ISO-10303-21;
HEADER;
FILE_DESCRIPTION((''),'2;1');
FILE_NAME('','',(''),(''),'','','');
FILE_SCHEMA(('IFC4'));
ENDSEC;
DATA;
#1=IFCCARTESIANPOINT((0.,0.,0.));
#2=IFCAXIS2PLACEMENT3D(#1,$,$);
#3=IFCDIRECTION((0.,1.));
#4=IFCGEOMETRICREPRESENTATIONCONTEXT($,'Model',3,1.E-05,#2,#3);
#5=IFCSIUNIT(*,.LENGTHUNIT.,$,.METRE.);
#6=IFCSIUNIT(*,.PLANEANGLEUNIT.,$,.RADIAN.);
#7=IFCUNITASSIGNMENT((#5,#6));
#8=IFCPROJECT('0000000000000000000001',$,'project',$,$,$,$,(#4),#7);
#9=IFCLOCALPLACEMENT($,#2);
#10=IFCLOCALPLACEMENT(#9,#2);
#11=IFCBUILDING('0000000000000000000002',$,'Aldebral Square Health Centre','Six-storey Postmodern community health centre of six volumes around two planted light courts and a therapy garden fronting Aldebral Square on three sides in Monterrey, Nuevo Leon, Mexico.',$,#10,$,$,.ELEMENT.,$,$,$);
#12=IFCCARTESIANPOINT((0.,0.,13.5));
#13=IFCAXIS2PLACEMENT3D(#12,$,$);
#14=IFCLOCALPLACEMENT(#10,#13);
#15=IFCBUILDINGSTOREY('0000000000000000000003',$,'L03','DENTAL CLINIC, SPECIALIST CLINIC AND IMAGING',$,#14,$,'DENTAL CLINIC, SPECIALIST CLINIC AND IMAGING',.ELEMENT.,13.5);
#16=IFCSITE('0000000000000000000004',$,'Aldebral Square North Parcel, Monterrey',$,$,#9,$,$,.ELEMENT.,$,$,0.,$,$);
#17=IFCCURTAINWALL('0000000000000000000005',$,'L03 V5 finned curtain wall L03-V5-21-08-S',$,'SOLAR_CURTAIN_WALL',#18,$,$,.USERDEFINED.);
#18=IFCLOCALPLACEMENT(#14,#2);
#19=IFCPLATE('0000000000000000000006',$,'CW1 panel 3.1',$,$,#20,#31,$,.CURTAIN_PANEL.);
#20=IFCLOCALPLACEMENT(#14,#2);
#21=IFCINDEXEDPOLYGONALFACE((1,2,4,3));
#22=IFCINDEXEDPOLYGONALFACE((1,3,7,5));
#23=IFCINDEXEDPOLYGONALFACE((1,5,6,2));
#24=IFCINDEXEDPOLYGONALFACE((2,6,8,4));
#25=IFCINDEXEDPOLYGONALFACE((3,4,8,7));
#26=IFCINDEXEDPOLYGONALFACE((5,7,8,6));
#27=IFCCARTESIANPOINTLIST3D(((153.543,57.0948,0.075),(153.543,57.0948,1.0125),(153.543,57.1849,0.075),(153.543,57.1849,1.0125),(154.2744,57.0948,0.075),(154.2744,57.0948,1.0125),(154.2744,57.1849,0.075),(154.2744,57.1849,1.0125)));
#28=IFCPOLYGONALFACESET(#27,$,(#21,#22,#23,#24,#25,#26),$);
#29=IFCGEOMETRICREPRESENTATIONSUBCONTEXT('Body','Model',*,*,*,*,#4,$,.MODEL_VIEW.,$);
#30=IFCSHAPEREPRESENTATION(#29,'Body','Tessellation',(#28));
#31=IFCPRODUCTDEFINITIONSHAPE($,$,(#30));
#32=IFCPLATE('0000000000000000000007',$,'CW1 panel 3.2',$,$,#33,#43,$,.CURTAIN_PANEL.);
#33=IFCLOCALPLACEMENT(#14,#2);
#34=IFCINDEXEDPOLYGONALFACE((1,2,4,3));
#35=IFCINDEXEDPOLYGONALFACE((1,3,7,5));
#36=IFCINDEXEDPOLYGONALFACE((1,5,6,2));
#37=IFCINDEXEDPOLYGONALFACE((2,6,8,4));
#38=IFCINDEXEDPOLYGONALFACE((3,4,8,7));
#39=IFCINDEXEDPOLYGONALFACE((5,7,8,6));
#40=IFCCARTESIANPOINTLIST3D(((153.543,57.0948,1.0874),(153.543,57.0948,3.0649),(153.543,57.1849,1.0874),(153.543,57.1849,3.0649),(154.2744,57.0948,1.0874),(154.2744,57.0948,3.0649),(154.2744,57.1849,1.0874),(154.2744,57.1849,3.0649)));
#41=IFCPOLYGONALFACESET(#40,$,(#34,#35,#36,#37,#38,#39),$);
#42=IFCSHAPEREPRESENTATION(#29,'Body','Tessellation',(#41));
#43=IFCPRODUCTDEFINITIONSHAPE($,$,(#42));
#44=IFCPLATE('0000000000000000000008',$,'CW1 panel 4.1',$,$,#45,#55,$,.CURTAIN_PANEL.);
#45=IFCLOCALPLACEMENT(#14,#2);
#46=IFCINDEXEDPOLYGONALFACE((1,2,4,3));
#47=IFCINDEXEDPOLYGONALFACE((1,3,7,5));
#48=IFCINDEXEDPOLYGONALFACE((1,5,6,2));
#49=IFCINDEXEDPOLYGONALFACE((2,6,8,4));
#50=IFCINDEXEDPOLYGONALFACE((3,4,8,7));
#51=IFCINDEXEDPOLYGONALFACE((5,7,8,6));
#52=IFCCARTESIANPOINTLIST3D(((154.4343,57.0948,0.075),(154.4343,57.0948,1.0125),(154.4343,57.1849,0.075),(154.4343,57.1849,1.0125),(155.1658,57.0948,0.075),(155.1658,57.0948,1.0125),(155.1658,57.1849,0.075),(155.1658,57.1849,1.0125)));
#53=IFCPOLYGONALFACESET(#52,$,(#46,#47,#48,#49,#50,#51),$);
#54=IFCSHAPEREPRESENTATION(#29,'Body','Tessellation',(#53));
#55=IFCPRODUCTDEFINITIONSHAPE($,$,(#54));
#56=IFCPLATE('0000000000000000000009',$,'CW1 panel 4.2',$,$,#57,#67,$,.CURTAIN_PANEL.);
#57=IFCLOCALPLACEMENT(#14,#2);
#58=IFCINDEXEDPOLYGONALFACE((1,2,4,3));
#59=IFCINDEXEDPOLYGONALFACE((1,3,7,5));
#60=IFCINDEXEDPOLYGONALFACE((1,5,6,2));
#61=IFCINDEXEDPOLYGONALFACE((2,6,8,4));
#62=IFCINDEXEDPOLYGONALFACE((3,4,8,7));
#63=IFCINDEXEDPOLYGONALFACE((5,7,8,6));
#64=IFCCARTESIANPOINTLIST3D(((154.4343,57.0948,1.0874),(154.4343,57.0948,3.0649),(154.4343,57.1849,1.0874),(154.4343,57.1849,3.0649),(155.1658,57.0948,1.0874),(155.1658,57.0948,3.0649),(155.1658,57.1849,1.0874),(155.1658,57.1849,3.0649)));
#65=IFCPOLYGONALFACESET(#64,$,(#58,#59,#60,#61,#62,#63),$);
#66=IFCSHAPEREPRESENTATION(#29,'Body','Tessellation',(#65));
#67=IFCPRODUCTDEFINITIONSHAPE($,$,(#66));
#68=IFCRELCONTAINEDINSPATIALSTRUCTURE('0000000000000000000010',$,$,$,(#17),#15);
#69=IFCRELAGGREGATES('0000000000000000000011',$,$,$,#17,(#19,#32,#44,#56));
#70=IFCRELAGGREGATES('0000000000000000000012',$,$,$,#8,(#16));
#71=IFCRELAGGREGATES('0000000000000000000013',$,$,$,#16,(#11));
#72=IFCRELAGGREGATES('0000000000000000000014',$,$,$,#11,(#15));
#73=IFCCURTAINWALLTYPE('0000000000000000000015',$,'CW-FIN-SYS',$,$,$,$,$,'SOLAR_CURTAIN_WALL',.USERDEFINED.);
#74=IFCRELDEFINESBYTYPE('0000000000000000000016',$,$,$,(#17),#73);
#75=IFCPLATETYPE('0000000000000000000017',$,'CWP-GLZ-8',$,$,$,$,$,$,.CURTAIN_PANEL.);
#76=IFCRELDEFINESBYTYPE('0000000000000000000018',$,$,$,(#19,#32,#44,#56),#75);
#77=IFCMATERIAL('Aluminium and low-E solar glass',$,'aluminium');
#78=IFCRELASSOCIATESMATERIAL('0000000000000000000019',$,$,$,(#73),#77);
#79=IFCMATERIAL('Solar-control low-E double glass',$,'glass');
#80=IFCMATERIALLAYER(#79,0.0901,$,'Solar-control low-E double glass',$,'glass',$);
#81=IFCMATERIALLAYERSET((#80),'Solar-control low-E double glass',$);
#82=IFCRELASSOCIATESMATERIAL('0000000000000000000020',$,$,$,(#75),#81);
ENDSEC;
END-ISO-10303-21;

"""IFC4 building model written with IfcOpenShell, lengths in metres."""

from ifc_helpers import new_model, si_unit, direction, frame, origin, origin_2d, place, context, subcontext, project, spatial, rectangle, extrude, material, layer, layer_set, type_object, element, aggregate, save


model = new_model("IFC4")

# Units and contexts
model_context = context("Model", 3, precision=1e-05, world=origin(), true_north=direction((0.0, 1.0)))
body_context = subcontext(model_context, "Body", "Model", "MODEL_VIEW")
ifc_project = project(units=[si_unit("LENGTHUNIT", "METRE"), si_unit("PLANEANGLEUNIT", "RADIAN")], contexts=[model_context])

# Site, building, storey
site_placement = place(None, origin())
site = spatial("IfcSite", under=ifc_project, at=site_placement, Name="Aldebral Square North Parcel, Monterrey", CompositionType="ELEMENT", RefElevation=0.0)
building_placement = place(site_placement, origin())
building = spatial("IfcBuilding", under=site, at=building_placement, Name="Aldebral Square Health Centre", Description="Six-storey Postmodern community health centre of six volumes around two planted light courts and a therapy garden fronting Aldebral Square on three sides in Monterrey, Nuevo Leon, Mexico.", CompositionType="ELEMENT")
storey_placement = place(building_placement, frame((0.0, 0.0, 13.5)))
storey = spatial("IfcBuildingStorey", under=building, at=storey_placement, Name="L03", Description="DENTAL CLINIC, SPECIALIST CLINIC AND IMAGING", LongName="DENTAL CLINIC, SPECIALIST CLINIC AND IMAGING", CompositionType="ELEMENT", Elevation=13.5)

# Curtain wall, plates
ifc_material_1 = material(Name="Aluminium and low-E solar glass", Category="aluminium")
curtain_wall_type = type_object("IfcCurtainWallType", Name="CW-FIN-SYS", ElementType="SOLAR_CURTAIN_WALL", PredefinedType="USERDEFINED", material=ifc_material_1)
curtain_wall_placement = place(storey_placement, origin())
curtain_wall = element("IfcCurtainWall", 1, at=curtain_wall_placement, inside=storey, type_object=curtain_wall_type, Name="L03 V5 finned curtain wall L03-V5-21-08-S", ObjectType="SOLAR_CURTAIN_WALL", PredefinedType="USERDEFINED")
ifc_material_2 = material(Name="Solar-control low-E double glass", Category="glass")
ifc_layer = layer(ifc_material_2, 0.0901, Name="Solar-control low-E double glass", Category="glass")
ifc_layer_set = layer_set([ifc_layer], Name="Solar-control low-E double glass")
plate_type = type_object("IfcPlateType", Name="CWP-GLZ-8", PredefinedType="CURTAIN_PANEL", material=ifc_layer_set)
plate_1_placement = place(storey_placement, frame((153.9087, 57.1399, 0.075), z_axis=(0.0, 0.0, 1.0), x_axis=(1.0, 0.0, 0.0)))
plate_1 = element("IfcPlate", 2, at=plate_1_placement, type_object=plate_type, Name="CW1 panel 3.1", PredefinedType="CURTAIN_PANEL", context=body_context, shape_type="SweptSolid", body=[
    extrude(rectangle(XDim=0.7314, YDim=0.0901, at=origin_2d()), origin(), (0.0, 0.0, 1.0), 0.9375),
])
plate_2_placement = place(storey_placement, frame((153.9087, 57.1399, 1.0874), z_axis=(0.0, 0.0, 1.0), x_axis=(1.0, 0.0, 0.0)))
plate_2 = element("IfcPlate", 3, at=plate_2_placement, type_object=plate_type, Name="CW1 panel 3.2", PredefinedType="CURTAIN_PANEL", context=body_context, shape_type="SweptSolid", body=[
    extrude(rectangle(XDim=0.7314, YDim=0.0901, at=origin_2d()), origin(), (0.0, 0.0, 1.0), 1.9775),
])
plate_3_placement = place(storey_placement, frame((154.8, 57.1399, 0.075), z_axis=(0.0, 0.0, 1.0), x_axis=(1.0, 0.0, 0.0)))
plate_3 = element("IfcPlate", 4, at=plate_3_placement, type_object=plate_type, Name="CW1 panel 4.1", PredefinedType="CURTAIN_PANEL", context=body_context, shape_type="SweptSolid", body=[
    extrude(rectangle(XDim=0.7314, YDim=0.0901, at=origin_2d()), origin(), (0.0, 0.0, 1.0), 0.9375),
])
plate_4_placement = place(storey_placement, frame((154.8, 57.1399, 1.0874), z_axis=(0.0, 0.0, 1.0), x_axis=(1.0, 0.0, 0.0)))
plate_4 = element("IfcPlate", 5, at=plate_4_placement, type_object=plate_type, Name="CW1 panel 4.2", PredefinedType="CURTAIN_PANEL", context=body_context, shape_type="SweptSolid", body=[
    extrude(rectangle(XDim=0.7314, YDim=0.0901, at=origin_2d()), origin(), (0.0, 0.0, 1.0), 1.9775),
])
aggregate(curtain_wall, [plate_1, plate_2, plate_3, plate_4])

save(model, "model.ifc")
